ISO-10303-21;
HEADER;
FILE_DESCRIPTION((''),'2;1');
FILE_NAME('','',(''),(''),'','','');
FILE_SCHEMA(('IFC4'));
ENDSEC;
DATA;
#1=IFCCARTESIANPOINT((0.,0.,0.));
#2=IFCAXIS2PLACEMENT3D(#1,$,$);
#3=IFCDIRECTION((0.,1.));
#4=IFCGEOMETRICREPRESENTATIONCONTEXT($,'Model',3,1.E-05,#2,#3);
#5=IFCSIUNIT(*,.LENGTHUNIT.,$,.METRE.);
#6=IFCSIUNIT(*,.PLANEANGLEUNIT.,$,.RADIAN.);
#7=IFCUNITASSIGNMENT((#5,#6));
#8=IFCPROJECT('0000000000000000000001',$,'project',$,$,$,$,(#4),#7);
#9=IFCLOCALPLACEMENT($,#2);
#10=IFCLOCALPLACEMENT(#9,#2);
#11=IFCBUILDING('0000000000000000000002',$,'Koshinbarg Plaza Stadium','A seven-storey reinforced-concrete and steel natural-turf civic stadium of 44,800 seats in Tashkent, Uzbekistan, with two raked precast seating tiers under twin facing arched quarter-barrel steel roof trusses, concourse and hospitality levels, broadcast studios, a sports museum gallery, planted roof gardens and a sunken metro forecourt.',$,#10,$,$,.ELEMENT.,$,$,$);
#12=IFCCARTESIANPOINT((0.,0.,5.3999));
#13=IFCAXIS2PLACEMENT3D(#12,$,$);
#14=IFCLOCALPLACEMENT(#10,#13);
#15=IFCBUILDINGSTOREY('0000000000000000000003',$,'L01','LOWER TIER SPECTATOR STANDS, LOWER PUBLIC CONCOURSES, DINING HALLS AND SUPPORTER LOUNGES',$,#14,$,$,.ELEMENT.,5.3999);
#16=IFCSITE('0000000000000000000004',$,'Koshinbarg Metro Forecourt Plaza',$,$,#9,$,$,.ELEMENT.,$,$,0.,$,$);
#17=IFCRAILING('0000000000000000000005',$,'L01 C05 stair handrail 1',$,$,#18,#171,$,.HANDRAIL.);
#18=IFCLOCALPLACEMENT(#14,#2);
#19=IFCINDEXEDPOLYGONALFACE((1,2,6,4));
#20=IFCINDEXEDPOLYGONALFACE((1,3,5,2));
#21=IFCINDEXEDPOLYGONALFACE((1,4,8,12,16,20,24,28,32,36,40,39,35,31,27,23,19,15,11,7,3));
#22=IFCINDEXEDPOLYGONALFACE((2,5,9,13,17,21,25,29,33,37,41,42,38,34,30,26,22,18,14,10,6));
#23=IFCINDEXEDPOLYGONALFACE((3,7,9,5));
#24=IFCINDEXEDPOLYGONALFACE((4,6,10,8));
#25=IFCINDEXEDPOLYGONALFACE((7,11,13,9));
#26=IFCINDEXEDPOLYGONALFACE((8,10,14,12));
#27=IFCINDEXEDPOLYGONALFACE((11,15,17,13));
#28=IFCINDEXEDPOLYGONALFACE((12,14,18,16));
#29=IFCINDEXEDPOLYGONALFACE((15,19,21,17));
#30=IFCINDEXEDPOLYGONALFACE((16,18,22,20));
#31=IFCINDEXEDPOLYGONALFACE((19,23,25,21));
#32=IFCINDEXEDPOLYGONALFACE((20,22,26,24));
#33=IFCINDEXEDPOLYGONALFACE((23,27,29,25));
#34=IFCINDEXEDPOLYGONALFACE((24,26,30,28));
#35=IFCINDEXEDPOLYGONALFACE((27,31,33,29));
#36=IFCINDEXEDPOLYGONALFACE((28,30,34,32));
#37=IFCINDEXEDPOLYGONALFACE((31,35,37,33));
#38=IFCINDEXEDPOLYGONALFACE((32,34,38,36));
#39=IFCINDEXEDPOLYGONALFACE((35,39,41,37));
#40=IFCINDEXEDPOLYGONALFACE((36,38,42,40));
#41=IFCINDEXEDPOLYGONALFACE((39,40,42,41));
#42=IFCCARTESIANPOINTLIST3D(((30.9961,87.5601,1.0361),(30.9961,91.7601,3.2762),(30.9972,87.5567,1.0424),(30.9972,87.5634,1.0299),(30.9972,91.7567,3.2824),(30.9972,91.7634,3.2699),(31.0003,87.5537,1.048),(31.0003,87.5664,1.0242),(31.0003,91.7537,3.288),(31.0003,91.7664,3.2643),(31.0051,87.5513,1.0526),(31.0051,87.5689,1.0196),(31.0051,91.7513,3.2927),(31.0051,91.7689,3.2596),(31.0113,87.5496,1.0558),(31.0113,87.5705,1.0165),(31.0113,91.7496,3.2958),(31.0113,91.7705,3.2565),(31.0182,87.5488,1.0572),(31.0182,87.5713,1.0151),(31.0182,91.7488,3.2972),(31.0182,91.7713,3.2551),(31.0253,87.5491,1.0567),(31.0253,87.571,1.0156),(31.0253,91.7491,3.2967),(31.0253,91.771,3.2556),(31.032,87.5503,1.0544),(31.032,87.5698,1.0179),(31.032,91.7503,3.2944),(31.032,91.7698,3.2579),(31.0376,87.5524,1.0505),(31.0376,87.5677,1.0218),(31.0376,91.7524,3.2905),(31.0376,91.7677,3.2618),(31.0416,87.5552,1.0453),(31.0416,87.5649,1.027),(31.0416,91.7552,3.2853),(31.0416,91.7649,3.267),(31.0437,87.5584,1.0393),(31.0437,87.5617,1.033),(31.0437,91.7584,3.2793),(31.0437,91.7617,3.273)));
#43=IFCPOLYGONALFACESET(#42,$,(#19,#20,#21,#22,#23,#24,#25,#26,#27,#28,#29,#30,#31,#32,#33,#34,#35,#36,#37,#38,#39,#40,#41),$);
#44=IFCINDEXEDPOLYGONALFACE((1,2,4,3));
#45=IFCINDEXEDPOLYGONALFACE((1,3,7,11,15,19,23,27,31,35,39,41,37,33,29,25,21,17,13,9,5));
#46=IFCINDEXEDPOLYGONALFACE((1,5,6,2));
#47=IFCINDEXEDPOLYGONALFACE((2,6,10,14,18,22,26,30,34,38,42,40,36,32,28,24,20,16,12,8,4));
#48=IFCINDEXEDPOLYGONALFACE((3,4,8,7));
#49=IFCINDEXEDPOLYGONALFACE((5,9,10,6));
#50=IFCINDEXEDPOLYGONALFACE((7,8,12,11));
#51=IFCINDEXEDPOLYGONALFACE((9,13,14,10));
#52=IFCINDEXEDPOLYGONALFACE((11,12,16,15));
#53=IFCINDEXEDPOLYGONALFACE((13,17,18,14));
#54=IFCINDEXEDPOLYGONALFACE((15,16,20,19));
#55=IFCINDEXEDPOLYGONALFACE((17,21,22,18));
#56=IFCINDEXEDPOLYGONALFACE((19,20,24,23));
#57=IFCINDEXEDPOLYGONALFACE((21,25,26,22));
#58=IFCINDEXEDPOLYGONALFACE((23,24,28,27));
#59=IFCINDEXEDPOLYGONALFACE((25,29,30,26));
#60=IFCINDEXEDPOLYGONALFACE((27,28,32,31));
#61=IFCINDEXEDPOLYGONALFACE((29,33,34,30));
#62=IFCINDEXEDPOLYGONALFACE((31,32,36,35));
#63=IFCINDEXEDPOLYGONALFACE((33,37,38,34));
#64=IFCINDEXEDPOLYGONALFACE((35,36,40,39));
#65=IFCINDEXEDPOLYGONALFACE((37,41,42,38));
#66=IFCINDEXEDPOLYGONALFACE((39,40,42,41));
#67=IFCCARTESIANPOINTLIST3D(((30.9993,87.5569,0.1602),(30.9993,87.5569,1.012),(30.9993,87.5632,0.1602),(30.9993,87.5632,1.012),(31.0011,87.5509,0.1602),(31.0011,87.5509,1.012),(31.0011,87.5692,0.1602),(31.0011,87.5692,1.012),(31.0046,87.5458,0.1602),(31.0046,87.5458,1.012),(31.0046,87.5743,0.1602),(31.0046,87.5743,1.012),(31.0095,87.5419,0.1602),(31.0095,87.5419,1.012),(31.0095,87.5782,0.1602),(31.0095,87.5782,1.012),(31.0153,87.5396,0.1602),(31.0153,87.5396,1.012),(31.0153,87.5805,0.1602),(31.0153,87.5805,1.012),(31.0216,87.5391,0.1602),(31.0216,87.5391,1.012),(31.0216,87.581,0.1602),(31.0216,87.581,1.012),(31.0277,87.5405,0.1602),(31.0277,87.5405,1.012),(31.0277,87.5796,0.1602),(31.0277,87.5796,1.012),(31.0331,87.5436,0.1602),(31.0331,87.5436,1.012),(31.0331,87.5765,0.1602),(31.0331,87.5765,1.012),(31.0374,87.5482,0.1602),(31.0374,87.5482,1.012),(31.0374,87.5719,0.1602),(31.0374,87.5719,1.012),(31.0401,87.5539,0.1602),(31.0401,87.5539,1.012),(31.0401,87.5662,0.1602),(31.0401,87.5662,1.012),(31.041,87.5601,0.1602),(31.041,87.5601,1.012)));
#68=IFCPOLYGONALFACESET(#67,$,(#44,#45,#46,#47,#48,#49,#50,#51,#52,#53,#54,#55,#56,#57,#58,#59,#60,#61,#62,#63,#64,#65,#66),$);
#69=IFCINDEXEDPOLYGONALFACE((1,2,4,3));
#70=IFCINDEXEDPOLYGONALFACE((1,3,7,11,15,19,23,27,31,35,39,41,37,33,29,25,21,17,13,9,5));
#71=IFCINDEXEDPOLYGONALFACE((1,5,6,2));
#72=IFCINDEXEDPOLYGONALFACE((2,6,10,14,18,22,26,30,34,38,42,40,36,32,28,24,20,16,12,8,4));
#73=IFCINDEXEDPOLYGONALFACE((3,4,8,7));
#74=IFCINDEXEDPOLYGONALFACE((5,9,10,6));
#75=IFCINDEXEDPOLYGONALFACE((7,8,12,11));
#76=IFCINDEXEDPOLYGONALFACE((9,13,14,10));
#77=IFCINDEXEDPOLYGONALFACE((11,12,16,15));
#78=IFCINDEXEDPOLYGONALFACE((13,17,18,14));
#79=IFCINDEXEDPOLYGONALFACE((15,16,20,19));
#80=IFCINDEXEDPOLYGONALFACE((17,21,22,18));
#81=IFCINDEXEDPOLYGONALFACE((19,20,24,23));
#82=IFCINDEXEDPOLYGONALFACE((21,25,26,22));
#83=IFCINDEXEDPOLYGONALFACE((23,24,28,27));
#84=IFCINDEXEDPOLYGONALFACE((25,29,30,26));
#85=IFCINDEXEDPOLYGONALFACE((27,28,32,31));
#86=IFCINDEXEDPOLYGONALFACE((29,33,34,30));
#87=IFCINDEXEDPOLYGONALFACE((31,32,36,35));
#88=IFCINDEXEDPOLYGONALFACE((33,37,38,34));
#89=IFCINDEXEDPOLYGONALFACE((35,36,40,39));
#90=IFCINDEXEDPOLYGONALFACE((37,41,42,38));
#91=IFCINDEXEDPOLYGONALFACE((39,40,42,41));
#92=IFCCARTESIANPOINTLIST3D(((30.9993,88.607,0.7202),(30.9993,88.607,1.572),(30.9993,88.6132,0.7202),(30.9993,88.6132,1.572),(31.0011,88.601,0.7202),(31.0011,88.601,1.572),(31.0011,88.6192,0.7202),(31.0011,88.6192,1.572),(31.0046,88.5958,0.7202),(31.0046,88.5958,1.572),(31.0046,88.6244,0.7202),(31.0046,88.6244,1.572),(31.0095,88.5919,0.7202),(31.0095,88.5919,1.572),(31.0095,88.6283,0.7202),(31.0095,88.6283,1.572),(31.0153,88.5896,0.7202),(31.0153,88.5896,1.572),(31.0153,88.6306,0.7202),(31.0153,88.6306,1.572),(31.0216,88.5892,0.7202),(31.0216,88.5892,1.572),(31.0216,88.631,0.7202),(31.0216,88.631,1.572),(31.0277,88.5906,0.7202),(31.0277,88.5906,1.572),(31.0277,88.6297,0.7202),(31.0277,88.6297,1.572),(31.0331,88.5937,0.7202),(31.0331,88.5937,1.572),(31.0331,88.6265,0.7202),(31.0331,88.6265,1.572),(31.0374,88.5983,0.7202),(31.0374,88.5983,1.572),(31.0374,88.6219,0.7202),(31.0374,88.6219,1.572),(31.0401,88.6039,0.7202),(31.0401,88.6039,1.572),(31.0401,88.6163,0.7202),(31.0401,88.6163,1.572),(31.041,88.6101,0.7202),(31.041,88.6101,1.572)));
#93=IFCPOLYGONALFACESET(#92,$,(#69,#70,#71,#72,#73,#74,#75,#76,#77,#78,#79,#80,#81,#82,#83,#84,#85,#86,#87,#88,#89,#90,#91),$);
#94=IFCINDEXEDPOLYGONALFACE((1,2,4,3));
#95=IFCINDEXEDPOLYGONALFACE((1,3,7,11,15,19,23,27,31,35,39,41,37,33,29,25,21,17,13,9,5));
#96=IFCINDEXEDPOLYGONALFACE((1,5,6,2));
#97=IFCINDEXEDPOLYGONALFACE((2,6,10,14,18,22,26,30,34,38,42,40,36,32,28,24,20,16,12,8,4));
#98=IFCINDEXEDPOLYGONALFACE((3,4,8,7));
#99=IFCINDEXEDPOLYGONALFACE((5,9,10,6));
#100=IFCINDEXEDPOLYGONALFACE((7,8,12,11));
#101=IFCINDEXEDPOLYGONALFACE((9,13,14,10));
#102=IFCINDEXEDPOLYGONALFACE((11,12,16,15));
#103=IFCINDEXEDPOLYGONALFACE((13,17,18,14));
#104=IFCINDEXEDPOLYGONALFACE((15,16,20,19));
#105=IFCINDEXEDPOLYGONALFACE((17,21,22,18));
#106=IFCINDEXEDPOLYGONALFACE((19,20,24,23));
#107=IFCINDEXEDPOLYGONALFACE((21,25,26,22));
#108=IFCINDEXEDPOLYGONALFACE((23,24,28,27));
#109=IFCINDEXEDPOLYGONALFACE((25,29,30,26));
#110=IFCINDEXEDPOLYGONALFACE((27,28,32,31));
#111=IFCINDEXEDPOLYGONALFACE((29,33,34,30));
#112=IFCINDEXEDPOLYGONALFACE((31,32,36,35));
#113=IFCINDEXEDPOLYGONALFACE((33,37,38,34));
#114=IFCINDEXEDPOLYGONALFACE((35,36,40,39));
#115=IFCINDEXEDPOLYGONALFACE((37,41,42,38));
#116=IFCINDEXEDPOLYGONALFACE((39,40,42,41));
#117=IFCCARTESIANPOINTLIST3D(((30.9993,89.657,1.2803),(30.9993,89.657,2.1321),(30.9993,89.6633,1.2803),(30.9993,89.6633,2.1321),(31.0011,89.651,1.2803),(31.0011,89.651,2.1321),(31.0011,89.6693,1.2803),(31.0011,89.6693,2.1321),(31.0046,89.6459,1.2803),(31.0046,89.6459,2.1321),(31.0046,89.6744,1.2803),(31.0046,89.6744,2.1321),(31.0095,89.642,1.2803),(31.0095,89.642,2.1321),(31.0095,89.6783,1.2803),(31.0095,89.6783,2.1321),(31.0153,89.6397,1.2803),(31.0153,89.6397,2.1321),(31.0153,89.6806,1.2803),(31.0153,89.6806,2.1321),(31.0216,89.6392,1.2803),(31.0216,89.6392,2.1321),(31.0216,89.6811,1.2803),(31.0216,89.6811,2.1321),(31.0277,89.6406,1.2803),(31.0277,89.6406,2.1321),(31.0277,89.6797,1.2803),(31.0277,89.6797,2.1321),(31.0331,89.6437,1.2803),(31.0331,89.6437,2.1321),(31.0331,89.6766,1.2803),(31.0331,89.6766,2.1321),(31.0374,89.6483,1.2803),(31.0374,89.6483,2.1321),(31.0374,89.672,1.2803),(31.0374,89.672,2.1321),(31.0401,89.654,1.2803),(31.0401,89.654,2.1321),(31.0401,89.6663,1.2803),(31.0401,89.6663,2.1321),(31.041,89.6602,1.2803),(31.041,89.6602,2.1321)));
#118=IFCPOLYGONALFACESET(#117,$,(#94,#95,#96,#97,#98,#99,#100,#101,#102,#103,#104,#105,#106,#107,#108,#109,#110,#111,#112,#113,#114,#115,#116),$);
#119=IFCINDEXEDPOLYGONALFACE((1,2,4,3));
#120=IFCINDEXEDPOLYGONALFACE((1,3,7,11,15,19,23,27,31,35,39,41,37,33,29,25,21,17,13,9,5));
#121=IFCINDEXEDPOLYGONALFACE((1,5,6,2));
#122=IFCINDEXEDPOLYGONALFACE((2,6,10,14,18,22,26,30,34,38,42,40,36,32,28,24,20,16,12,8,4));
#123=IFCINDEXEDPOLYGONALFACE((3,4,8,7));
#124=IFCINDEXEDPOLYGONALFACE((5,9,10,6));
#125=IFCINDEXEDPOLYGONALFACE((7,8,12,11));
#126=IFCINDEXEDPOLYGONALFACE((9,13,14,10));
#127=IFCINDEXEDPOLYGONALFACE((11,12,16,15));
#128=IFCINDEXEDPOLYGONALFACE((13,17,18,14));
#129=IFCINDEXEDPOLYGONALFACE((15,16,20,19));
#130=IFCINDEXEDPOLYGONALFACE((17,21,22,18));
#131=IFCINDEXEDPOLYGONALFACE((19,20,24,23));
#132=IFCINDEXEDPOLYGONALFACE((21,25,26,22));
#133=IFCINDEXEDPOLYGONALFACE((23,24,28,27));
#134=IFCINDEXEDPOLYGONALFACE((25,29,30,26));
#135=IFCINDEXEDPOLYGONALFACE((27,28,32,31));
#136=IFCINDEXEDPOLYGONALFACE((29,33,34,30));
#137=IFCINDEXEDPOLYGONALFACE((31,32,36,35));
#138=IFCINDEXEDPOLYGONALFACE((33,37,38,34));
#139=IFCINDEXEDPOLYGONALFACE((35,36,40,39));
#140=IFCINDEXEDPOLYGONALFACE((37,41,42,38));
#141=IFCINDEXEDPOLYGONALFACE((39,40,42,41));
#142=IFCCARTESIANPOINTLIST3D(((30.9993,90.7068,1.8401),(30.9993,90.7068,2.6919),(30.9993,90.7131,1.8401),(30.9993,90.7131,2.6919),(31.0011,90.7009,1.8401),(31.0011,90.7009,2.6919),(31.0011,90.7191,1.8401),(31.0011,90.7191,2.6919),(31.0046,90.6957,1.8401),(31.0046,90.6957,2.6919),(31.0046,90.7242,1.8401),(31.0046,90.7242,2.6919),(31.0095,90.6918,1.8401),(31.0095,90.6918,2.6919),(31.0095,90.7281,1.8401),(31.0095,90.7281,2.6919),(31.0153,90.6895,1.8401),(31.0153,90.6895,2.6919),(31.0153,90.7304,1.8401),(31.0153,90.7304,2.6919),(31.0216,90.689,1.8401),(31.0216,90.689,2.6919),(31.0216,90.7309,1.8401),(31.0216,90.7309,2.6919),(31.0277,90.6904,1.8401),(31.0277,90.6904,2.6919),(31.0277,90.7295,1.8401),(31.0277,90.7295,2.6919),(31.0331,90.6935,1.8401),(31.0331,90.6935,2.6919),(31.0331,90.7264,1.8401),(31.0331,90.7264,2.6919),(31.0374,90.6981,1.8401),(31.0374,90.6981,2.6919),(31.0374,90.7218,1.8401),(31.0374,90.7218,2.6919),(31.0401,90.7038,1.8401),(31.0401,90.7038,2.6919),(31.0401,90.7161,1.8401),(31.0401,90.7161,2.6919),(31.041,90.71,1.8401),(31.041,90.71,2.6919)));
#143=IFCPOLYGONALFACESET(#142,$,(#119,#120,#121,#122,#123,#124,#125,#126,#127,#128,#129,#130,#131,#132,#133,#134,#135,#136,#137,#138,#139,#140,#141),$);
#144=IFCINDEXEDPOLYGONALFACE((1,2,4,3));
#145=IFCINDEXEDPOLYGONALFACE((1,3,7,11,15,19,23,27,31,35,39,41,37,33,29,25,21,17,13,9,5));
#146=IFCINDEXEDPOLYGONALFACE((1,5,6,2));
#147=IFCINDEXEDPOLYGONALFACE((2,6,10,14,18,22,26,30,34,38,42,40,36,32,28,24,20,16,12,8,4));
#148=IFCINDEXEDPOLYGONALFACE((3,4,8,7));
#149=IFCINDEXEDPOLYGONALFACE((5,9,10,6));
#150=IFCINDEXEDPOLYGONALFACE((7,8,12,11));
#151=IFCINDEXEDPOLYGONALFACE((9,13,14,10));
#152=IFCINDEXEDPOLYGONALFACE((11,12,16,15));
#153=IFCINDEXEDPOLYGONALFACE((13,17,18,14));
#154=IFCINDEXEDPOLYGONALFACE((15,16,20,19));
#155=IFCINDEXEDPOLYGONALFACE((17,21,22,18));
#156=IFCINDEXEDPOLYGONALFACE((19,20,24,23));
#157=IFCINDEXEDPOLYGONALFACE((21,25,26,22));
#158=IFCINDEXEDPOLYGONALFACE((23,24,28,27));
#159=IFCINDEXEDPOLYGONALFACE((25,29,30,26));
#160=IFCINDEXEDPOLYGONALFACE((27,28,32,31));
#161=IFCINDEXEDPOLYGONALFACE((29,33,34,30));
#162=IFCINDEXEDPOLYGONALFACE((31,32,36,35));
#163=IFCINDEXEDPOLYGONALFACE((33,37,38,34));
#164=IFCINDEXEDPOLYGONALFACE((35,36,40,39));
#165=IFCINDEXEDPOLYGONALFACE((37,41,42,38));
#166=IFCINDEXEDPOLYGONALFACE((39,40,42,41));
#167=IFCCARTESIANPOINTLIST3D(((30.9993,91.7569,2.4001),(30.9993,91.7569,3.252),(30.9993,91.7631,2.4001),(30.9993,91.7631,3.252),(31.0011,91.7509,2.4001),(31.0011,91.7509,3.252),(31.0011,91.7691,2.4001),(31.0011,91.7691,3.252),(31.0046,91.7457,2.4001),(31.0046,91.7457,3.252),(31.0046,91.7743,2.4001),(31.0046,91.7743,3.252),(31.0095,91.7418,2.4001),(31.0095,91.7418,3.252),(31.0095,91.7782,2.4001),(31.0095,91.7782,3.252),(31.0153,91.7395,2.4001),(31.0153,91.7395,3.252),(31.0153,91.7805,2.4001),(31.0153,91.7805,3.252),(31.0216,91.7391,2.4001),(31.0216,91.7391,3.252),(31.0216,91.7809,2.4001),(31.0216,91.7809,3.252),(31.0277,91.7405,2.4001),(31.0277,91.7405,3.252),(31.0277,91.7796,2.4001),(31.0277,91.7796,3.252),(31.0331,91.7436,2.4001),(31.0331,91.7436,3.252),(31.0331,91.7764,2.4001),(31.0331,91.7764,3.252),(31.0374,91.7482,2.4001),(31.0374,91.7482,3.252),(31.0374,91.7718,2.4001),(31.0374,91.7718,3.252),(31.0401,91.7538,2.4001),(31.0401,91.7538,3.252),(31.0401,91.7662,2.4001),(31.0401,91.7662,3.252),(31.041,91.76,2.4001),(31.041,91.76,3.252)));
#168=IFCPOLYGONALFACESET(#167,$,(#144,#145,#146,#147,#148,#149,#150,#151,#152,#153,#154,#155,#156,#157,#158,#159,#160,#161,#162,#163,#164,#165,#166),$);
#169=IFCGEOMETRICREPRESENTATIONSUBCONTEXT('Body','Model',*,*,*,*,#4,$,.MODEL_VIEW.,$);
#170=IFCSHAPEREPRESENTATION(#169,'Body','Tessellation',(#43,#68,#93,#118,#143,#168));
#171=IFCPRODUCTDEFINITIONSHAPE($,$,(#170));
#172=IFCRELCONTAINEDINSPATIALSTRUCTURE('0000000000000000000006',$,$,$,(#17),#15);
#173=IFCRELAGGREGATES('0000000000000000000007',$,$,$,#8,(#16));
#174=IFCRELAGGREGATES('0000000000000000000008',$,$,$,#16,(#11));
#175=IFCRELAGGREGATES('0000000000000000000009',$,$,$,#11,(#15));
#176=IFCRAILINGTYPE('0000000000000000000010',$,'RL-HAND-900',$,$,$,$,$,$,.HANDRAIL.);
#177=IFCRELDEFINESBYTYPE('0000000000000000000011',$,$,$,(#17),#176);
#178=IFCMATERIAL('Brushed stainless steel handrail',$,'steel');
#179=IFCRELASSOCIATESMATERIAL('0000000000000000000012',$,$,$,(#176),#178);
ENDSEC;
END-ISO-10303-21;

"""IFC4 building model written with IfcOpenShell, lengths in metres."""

from ifc_helpers import new_model, si_unit, direction, frame, origin, origin_2d, place, context, subcontext, project, spatial, circle, extrude, material, type_object, element, save


model = new_model("IFC4")

# Units and contexts
model_context = context("Model", 3, precision=1e-05, world=origin(), true_north=direction((0.0, 1.0)))
body_context = subcontext(model_context, "Body", "Model", "MODEL_VIEW")
ifc_project = project(units=[si_unit("LENGTHUNIT", "METRE"), si_unit("PLANEANGLEUNIT", "RADIAN")], contexts=[model_context])

# Site, building, storey
site_placement = place(None, origin())
site = spatial("IfcSite", under=ifc_project, at=site_placement, Name="Koshinbarg Metro Forecourt Plaza", CompositionType="ELEMENT", RefElevation=0.0)
building_placement = place(site_placement, origin())
building = spatial("IfcBuilding", under=site, at=building_placement, Name="Koshinbarg Plaza Stadium", Description="A seven-storey reinforced-concrete and steel natural-turf civic stadium of 44,800 seats in Tashkent, Uzbekistan, with two raked precast seating tiers under twin facing arched quarter-barrel steel roof trusses, concourse and hospitality levels, broadcast studios, a sports museum gallery, planted roof gardens and a sunken metro forecourt.", CompositionType="ELEMENT")
storey_placement = place(building_placement, frame((0.0, 0.0, 5.3999)))
storey = spatial("IfcBuildingStorey", under=building, at=storey_placement, Name="L01", Description="LOWER TIER SPECTATOR STANDS, LOWER PUBLIC CONCOURSES, DINING HALLS AND SUPPORTER LOUNGES", CompositionType="ELEMENT", Elevation=5.3999)

# Railing
ifc_material_1 = material(Name="Brushed stainless steel handrail", Category="steel")
railing_type_1 = type_object("IfcRailingType", Name="RL-HAND-900", PredefinedType="HANDRAIL", material=ifc_material_1)
for number, where, name in (
    (1, (31.02, 87.5601, 0.1602), "L01 C05 stair handrail 1"),
):
    element("IfcRailing", number, at=place(storey_placement, frame(where)), inside=storey, type_object=railing_type_1, Name=name, PredefinedType="HANDRAIL", context=body_context, shape_type="SweptSolid", body=[
        extrude(circle(Radius=0.0239, at=origin_2d()), frame((0.0, 0.0, 0.876), z_axis=(0.0, 0.882352, 0.470591), x_axis=(-1.0, 0.0, 0.0)), (0.0, 0.0, 1.0), 4.76),
        extrude(circle(Radius=0.021, at=origin_2d()), origin(), (0.0, 0.0, 1.0), 0.8518),
        extrude(circle(Radius=0.021, at=origin_2d()), frame((0.0, 1.05, 0.5601)), (0.0, 0.0, 1.0), 0.8518),
        extrude(circle(Radius=0.021, at=origin_2d()), frame((0.0, 2.1001, 1.1201)), (0.0, 0.0, 1.0), 0.8518),
        extrude(circle(Radius=0.021, at=origin_2d()), frame((0.0, 3.1499, 1.6799)), (0.0, 0.0, 1.0), 0.8518),
        extrude(circle(Radius=0.021, at=origin_2d()), frame((0.0, 4.2, 2.24)), (0.0, 0.0, 1.0), 0.8518),
    ])

save(model, "model.ifc")
